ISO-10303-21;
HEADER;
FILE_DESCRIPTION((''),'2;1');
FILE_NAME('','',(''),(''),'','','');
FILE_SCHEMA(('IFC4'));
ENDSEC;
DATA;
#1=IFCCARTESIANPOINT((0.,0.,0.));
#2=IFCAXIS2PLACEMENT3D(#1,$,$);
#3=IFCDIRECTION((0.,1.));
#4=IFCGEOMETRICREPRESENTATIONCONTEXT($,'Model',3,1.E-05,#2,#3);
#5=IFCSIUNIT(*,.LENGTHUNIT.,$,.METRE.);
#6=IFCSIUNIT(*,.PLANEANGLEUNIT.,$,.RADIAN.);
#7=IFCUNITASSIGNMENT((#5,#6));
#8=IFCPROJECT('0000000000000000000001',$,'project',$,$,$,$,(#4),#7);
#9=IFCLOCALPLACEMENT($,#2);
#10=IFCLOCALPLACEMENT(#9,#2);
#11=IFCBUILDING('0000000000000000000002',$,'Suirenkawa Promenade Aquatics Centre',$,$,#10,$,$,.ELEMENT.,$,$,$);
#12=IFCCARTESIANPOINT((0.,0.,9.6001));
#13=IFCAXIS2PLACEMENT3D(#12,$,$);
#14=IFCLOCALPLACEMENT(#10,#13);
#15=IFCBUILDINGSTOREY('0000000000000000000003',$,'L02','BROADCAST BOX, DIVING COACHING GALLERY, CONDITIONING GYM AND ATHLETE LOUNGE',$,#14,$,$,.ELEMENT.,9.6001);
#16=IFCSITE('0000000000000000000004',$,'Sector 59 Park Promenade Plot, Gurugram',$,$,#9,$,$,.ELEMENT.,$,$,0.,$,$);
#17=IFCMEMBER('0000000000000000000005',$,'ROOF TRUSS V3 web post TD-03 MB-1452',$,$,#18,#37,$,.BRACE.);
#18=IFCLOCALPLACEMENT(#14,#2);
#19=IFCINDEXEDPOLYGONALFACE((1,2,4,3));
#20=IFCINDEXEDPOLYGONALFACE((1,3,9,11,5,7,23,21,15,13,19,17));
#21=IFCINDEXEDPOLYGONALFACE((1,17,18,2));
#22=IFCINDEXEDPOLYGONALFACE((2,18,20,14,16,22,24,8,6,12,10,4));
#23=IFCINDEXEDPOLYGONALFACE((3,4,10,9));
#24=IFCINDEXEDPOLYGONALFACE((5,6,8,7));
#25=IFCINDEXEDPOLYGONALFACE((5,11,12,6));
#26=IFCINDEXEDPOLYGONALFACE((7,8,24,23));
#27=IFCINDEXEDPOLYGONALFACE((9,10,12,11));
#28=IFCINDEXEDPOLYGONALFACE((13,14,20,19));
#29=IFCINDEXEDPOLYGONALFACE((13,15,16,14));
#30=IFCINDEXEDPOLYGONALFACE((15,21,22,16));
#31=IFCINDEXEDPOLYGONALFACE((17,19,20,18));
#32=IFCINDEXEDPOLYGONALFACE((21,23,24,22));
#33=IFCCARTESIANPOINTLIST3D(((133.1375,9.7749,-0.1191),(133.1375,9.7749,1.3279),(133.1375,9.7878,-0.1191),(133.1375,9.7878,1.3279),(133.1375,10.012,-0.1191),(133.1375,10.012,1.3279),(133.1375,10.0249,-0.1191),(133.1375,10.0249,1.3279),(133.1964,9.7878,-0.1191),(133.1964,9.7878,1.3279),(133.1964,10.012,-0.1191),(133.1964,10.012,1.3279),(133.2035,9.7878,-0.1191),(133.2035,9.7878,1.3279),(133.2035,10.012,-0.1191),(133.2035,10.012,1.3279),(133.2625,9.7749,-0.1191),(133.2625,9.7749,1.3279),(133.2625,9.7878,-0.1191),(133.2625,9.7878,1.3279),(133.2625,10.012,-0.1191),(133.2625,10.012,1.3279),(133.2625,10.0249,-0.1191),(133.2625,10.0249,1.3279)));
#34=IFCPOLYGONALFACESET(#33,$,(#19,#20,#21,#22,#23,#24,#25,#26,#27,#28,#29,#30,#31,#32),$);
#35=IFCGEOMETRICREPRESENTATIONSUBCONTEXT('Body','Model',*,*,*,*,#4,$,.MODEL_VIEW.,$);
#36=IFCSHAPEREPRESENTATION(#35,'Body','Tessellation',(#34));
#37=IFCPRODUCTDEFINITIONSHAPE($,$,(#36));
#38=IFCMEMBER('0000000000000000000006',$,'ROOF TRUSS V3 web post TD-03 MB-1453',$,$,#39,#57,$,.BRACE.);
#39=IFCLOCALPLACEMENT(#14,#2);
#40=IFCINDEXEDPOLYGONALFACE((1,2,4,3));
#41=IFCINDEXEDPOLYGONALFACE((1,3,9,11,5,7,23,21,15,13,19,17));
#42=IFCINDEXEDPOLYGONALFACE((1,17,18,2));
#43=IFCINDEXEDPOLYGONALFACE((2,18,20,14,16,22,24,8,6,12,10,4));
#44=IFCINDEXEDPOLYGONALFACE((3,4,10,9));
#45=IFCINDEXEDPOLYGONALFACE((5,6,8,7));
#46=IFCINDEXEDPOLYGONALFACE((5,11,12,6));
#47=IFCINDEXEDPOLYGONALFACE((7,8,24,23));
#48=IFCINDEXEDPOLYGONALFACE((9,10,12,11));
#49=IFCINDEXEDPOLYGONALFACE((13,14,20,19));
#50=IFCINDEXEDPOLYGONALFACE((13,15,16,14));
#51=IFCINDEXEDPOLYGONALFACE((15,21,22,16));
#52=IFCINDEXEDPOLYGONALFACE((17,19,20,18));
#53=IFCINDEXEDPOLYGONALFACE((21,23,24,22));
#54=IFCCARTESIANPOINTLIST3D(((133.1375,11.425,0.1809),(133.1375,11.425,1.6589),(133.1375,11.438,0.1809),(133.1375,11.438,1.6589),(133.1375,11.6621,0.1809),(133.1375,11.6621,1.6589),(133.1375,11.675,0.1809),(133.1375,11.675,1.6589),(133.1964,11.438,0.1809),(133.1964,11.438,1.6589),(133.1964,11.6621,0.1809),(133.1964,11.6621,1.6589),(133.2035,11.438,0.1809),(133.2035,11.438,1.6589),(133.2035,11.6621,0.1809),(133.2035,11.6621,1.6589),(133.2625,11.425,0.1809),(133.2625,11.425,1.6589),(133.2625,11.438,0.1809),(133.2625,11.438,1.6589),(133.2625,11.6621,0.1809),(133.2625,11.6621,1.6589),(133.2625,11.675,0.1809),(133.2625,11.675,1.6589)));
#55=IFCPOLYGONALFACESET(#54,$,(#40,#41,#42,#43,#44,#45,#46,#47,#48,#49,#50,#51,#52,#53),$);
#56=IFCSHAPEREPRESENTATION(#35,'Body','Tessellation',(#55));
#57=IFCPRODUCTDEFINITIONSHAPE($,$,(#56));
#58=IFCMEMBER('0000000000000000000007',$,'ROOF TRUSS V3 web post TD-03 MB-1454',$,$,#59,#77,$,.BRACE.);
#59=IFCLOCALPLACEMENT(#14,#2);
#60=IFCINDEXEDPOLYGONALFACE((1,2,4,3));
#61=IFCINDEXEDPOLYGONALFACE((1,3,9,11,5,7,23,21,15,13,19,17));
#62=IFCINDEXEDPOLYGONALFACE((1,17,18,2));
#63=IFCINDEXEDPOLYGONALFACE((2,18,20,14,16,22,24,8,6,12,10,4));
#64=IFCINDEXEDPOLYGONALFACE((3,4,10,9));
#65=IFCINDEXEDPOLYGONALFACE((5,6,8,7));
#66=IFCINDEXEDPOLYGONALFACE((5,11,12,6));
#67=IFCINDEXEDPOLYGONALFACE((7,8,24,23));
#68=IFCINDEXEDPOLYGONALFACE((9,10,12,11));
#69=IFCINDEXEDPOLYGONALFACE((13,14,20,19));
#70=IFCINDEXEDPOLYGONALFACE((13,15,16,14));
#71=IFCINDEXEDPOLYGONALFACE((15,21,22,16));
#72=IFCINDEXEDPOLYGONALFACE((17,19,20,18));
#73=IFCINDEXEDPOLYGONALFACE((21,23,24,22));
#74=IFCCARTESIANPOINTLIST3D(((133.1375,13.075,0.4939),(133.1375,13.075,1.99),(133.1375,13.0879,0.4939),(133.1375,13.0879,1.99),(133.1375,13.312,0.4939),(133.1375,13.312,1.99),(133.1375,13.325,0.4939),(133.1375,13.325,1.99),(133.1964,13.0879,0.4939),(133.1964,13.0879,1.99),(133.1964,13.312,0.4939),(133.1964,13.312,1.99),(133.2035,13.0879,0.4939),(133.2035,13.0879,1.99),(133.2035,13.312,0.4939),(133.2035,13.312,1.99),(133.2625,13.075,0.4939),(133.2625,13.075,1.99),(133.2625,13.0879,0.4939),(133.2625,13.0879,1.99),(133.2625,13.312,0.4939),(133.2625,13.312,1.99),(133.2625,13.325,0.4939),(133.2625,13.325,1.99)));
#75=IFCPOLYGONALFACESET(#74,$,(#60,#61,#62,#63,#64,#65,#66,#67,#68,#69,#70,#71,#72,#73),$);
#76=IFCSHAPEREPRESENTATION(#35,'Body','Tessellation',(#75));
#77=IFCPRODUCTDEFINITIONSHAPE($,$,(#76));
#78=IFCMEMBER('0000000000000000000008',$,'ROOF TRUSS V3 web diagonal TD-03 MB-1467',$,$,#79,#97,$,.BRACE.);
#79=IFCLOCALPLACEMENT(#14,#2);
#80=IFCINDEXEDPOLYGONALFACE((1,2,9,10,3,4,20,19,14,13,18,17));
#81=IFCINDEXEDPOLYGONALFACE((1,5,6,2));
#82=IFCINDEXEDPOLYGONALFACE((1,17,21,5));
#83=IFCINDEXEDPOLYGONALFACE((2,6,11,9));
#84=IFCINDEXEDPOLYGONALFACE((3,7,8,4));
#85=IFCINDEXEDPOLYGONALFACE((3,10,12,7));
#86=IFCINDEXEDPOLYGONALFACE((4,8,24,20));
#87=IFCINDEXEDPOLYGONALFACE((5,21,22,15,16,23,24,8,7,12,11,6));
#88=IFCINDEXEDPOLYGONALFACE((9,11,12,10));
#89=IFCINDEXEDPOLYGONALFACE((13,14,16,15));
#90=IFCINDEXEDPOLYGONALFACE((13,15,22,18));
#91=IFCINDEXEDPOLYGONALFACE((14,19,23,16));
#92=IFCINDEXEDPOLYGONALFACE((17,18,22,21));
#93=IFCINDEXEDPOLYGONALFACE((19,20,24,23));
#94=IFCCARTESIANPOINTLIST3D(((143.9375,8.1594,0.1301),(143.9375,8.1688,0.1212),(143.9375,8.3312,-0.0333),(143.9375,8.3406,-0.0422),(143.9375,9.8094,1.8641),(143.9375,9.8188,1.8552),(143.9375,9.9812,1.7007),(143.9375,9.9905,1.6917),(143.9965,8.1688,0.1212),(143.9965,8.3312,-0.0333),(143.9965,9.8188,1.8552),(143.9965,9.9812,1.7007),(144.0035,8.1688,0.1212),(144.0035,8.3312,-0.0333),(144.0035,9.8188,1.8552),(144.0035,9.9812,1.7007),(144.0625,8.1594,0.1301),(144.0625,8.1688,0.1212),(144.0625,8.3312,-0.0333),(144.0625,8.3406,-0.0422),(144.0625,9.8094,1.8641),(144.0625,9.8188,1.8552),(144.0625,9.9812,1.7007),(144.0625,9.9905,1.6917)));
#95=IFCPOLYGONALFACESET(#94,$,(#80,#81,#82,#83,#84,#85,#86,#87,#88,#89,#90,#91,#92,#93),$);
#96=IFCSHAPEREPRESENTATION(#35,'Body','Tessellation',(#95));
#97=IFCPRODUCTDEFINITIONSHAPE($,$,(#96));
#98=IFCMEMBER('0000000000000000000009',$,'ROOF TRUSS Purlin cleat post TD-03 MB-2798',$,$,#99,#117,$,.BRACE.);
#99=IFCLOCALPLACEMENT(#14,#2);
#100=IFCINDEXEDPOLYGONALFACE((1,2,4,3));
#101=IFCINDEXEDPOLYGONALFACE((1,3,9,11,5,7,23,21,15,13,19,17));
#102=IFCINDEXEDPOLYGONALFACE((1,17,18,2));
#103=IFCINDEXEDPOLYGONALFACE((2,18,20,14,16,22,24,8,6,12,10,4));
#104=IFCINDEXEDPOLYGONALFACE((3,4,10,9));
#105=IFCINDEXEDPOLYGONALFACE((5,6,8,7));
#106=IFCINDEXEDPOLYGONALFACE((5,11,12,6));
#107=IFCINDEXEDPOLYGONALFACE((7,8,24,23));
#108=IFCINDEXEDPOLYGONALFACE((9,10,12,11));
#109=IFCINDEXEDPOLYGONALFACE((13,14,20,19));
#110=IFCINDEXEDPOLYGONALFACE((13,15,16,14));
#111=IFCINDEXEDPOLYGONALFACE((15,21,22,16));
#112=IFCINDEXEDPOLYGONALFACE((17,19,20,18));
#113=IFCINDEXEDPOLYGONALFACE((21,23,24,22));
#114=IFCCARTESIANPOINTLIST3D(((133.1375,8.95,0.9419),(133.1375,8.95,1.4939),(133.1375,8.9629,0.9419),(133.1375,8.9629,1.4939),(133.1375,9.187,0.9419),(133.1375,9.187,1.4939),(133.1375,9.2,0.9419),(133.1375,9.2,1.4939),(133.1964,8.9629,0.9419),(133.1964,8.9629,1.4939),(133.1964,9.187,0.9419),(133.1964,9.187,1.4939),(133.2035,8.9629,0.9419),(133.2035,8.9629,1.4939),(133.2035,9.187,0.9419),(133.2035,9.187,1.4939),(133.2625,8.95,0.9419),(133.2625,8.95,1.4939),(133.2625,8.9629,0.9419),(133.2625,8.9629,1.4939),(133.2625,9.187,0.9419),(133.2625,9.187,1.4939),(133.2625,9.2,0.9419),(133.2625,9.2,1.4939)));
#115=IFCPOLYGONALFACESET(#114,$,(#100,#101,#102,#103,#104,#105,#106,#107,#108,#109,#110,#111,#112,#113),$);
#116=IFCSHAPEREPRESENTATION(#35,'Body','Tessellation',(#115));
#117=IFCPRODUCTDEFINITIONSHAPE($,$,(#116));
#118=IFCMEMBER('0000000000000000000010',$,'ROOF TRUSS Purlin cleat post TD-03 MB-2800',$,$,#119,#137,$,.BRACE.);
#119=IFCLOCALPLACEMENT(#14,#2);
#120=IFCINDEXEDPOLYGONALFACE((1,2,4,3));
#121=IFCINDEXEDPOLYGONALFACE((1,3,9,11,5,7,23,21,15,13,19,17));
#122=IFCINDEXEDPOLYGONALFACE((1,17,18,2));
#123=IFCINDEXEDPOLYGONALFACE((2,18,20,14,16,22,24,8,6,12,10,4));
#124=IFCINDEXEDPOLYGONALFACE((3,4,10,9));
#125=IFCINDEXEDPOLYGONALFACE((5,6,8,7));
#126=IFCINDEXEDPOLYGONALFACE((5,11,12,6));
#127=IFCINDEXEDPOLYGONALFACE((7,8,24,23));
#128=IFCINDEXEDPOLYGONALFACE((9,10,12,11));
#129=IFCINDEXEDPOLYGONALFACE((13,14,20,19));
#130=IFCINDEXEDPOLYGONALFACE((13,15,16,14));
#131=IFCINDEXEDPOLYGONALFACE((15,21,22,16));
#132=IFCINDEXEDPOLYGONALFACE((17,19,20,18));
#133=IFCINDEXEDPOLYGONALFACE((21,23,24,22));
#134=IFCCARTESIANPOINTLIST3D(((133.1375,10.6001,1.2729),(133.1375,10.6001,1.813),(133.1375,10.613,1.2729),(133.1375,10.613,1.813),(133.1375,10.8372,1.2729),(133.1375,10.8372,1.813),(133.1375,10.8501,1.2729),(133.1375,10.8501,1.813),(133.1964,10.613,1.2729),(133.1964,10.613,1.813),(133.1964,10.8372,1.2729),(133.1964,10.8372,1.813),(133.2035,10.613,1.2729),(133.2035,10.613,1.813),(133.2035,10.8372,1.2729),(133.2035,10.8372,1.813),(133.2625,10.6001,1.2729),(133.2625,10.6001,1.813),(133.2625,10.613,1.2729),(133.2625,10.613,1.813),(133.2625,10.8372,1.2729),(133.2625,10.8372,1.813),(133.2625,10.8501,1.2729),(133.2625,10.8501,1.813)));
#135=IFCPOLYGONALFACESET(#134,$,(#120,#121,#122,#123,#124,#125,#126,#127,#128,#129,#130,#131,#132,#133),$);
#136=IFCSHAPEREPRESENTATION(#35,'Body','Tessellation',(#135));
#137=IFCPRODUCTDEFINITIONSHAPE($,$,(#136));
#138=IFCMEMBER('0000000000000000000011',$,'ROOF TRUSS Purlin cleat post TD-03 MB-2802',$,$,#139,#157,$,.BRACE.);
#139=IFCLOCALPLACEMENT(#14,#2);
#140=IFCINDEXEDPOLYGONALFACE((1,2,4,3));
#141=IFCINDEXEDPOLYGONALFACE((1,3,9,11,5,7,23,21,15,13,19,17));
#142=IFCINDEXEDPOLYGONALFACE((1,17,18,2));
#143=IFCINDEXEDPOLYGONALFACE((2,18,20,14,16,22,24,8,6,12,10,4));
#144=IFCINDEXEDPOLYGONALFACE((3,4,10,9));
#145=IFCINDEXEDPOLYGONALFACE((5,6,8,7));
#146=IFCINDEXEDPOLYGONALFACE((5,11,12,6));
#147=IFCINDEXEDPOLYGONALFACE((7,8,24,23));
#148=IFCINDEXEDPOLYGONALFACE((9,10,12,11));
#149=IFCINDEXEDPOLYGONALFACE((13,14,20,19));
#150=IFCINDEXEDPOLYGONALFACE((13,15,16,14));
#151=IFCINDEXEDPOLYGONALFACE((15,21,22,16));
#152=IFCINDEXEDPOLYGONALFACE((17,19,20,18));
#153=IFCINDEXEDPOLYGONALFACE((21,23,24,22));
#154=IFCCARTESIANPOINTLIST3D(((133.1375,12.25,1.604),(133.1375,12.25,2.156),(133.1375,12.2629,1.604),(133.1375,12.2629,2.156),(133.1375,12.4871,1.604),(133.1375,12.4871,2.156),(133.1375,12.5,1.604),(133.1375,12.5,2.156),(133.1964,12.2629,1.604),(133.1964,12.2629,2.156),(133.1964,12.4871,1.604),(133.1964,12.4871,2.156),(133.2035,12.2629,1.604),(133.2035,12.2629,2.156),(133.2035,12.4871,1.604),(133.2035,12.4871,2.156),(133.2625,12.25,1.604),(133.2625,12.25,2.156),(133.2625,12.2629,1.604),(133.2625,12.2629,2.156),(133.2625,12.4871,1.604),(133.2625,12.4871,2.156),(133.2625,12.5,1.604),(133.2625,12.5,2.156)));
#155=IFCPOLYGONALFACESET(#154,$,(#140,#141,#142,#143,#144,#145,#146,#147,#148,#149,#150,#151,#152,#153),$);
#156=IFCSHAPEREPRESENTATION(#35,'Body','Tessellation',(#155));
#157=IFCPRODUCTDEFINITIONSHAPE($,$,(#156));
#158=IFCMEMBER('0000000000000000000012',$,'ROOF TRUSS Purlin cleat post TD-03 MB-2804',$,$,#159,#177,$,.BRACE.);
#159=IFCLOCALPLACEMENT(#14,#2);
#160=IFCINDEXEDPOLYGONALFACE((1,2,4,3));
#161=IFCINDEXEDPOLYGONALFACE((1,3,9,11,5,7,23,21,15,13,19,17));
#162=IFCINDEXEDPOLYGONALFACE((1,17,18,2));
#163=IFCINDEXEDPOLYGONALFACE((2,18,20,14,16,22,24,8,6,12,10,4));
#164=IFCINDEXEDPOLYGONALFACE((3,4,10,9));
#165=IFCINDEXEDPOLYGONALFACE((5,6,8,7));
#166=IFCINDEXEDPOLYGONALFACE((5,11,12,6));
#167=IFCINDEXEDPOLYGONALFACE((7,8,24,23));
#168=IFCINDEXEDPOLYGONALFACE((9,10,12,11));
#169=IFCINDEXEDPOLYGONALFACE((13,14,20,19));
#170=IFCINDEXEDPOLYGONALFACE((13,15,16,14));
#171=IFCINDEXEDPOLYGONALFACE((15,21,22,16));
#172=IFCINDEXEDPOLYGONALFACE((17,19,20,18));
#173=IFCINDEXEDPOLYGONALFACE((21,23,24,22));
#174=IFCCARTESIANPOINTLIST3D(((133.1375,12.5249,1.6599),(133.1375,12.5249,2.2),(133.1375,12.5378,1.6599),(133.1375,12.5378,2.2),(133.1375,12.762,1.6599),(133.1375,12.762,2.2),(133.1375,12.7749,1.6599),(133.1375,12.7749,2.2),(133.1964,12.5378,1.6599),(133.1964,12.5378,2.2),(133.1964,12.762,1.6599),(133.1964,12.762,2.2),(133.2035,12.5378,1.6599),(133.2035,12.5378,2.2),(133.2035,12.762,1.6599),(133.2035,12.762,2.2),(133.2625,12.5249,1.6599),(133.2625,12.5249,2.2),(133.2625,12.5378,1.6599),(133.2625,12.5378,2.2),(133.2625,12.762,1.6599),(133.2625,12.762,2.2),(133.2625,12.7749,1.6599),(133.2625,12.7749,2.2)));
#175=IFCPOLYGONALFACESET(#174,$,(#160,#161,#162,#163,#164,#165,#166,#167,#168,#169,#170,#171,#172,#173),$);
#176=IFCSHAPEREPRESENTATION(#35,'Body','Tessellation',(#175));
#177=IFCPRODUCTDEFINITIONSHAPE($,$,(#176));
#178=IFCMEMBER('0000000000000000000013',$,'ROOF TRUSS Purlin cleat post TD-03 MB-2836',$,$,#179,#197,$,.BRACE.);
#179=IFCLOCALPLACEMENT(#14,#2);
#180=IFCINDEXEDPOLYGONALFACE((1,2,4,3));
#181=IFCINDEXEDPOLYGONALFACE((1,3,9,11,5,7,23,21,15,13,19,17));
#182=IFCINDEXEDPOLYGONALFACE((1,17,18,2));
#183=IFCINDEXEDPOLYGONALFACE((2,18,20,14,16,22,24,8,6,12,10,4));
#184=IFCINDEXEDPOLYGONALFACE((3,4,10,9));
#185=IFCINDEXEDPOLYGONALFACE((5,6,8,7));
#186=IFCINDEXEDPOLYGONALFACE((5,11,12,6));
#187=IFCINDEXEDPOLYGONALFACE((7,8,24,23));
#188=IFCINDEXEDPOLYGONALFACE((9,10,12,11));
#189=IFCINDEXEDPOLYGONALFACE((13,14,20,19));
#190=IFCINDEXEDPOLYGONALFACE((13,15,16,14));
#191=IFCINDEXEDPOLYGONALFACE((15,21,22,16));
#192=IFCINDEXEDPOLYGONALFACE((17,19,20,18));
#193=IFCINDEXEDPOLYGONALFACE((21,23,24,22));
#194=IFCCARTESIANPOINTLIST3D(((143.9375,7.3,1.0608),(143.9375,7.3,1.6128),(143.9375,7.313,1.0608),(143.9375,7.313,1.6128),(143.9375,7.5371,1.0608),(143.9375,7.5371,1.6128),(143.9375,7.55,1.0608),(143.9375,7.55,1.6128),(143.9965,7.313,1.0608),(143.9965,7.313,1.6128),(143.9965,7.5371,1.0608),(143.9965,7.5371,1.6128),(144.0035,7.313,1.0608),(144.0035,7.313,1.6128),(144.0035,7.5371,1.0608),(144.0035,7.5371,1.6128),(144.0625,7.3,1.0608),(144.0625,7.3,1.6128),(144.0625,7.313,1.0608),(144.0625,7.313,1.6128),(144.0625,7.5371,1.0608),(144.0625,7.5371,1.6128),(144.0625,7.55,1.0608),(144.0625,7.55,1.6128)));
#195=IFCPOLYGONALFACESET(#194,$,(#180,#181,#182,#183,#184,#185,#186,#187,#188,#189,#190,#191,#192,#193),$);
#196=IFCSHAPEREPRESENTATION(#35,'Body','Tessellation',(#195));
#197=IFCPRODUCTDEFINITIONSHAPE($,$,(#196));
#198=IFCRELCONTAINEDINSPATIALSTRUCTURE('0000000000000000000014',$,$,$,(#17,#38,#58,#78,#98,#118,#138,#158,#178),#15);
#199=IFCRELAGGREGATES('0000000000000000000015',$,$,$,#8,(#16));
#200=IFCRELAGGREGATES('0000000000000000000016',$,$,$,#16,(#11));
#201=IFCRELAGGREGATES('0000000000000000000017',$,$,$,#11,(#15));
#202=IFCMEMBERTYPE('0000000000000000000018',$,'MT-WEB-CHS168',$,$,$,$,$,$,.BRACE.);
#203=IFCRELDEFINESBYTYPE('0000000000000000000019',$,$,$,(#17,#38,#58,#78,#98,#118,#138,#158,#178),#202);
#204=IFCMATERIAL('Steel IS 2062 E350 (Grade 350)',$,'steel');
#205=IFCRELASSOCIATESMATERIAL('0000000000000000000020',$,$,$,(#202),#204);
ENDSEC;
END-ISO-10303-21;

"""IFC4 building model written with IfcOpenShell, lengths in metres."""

from ifc_helpers import new_model, si_unit, direction, frame, origin, origin_2d, place, context, subcontext, project, spatial, i_section, extrude, material, material_profile, profile_set, type_object, element, save


model = new_model("IFC4")

# Units and contexts
model_context = context("Model", 3, precision=1e-05, world=origin(), true_north=direction((0.0, 1.0)))
body_context = subcontext(model_context, "Body", "Model", "MODEL_VIEW")
ifc_project = project(units=[si_unit("LENGTHUNIT", "METRE"), si_unit("PLANEANGLEUNIT", "RADIAN")], contexts=[model_context])

# Site, building, storey
site_placement = place(None, origin())
site = spatial("IfcSite", under=ifc_project, at=site_placement, Name="Sector 59 Park Promenade Plot, Gurugram", CompositionType="ELEMENT", RefElevation=0.0)
building_placement = place(site_placement, origin())
building = spatial("IfcBuilding", under=site, at=building_placement, Name="Suirenkawa Promenade Aquatics Centre", CompositionType="ELEMENT")
storey_placement = place(building_placement, frame((0.0, 0.0, 9.6001)))
storey = spatial("IfcBuildingStorey", under=building, at=storey_placement, Name="L02", Description="BROADCAST BOX, DIVING COACHING GALLERY, CONDITIONING GYM AND ATHLETE LOUNGE", CompositionType="ELEMENT", Elevation=9.6001)

# Shared definitions
ifc_material = material(Name="Steel IS 2062 E350 (Grade 350)", Category="steel")

# Members
ifc_material_profile_1 = material_profile(ifc_material, i_section(OverallWidth=0.125, OverallDepth=0.25, WebThickness=0.0071, FlangeThickness=0.0129, at=origin_2d()), Name="ISMB 250", Category="steel")
ifc_profile_set_1 = profile_set([ifc_material_profile_1], Name="Steel IS 2062 E350 (Grade 350)")
member_type_1 = type_object("IfcMemberType", Name="MT-WEB-CHS168", PredefinedType="BRACE", material=ifc_profile_set_1)
member_1_placement = place(storey_placement, frame((133.2, 9.8999, -0.1191), z_axis=(0.0, 0.0, 1.0), x_axis=(1.0, 0.0, 0.0)))
element("IfcMember", 1, at=member_1_placement, inside=storey, type_object=member_type_1, Name="ROOF TRUSS V3 web post TD-03 MB-1452", PredefinedType="BRACE", context=body_context, shape_type="SweptSolid", body=[
    extrude(i_section(OverallWidth=0.125, OverallDepth=0.25, WebThickness=0.0071, FlangeThickness=0.0129, at=origin_2d()), origin(), (0.0, 0.0, 1.0), 1.447),
])
member_2_placement = place(storey_placement, frame((133.2, 11.55, 0.1809), z_axis=(0.0, 0.0, 1.0), x_axis=(1.0, 0.0, 0.0)))
element("IfcMember", 2, at=member_2_placement, inside=storey, type_object=member_type_1, Name="ROOF TRUSS V3 web post TD-03 MB-1453", PredefinedType="BRACE", context=body_context, shape_type="SweptSolid", body=[
    extrude(i_section(OverallWidth=0.125, OverallDepth=0.25, WebThickness=0.0071, FlangeThickness=0.0129, at=origin_2d()), origin(), (0.0, 0.0, 1.0), 1.478),
])
member_3_placement = place(storey_placement, frame((133.2, 13.2, 0.4939), z_axis=(0.0, 0.0, 1.0), x_axis=(1.0, 0.0, 0.0)))
element("IfcMember", 3, at=member_3_placement, inside=storey, type_object=member_type_1, Name="ROOF TRUSS V3 web post TD-03 MB-1454", PredefinedType="BRACE", context=body_context, shape_type="SweptSolid", body=[
    extrude(i_section(OverallWidth=0.125, OverallDepth=0.25, WebThickness=0.0071, FlangeThickness=0.0129, at=origin_2d()), origin(), (0.0, 0.0, 1.0), 1.4961),
])
member_4_placement = place(storey_placement, frame((144.0, 8.25, 0.0439), z_axis=(0.0, 0.689344, 0.724434), x_axis=(-1.0, 0.0, 0.0)))
element("IfcMember", 4, at=member_4_placement, inside=storey, type_object=member_type_1, Name="ROOF TRUSS V3 web diagonal TD-03 MB-1467", PredefinedType="BRACE", context=body_context, shape_type="SweptSolid", body=[
    extrude(i_section(OverallWidth=0.125, OverallDepth=0.25, WebThickness=0.0071, FlangeThickness=0.0129, at=origin_2d()), origin(), (0.0, 0.0, 1.0), 2.3936),
])
member_5_placement = place(storey_placement, frame((133.2, 9.075, 0.9419), z_axis=(0.0, 0.0, 1.0), x_axis=(1.0, 0.0, 0.0)))
element("IfcMember", 5, at=member_5_placement, inside=storey, type_object=member_type_1, Name="ROOF TRUSS Purlin cleat post TD-03 MB-2798", PredefinedType="BRACE", context=body_context, shape_type="SweptSolid", body=[
    extrude(i_section(OverallWidth=0.125, OverallDepth=0.25, WebThickness=0.0071, FlangeThickness=0.0129, at=origin_2d()), origin(), (0.0, 0.0, 1.0), 0.552),
])
member_6_placement = place(storey_placement, frame((133.2, 10.7251, 1.2729), z_axis=(0.0, 0.0, 1.0), x_axis=(1.0, 0.0, 0.0)))
element("IfcMember", 6, at=member_6_placement, inside=storey, type_object=member_type_1, Name="ROOF TRUSS Purlin cleat post TD-03 MB-2800", PredefinedType="BRACE", context=body_context, shape_type="SweptSolid", body=[
    extrude(i_section(OverallWidth=0.125, OverallDepth=0.25, WebThickness=0.0071, FlangeThickness=0.0129, at=origin_2d()), origin(), (0.0, 0.0, 1.0), 0.54),
])
member_7_placement = place(storey_placement, frame((133.2, 12.375, 1.604), z_axis=(0.0, 0.0, 1.0), x_axis=(1.0, 0.0, 0.0)))
element("IfcMember", 7, at=member_7_placement, inside=storey, type_object=member_type_1, Name="ROOF TRUSS Purlin cleat post TD-03 MB-2802", PredefinedType="BRACE", context=body_context, shape_type="SweptSolid", body=[
    extrude(i_section(OverallWidth=0.125, OverallDepth=0.25, WebThickness=0.0071, FlangeThickness=0.0129, at=origin_2d()), origin(), (0.0, 0.0, 1.0), 0.552),
])
member_8_placement = place(storey_placement, frame((133.2, 12.6499, 1.6599), z_axis=(0.0, 0.0, 1.0), x_axis=(1.0, 0.0, 0.0)))
element("IfcMember", 8, at=member_8_placement, inside=storey, type_object=member_type_1, Name="ROOF TRUSS Purlin cleat post TD-03 MB-2804", PredefinedType="BRACE", context=body_context, shape_type="SweptSolid", body=[
    extrude(i_section(OverallWidth=0.125, OverallDepth=0.25, WebThickness=0.0071, FlangeThickness=0.0129, at=origin_2d()), origin(), (0.0, 0.0, 1.0), 0.54),
])
member_9_placement = place(storey_placement, frame((144.0, 7.425, 1.0608), z_axis=(0.0, 0.0, 1.0), x_axis=(1.0, 0.0, 0.0)))
element("IfcMember", 9, at=member_9_placement, inside=storey, type_object=member_type_1, Name="ROOF TRUSS Purlin cleat post TD-03 MB-2836", PredefinedType="BRACE", context=body_context, shape_type="SweptSolid", body=[
    extrude(i_section(OverallWidth=0.125, OverallDepth=0.25, WebThickness=0.0071, FlangeThickness=0.0129, at=origin_2d()), origin(), (0.0, 0.0, 1.0), 0.552),
])

save(model, "model.ifc")
